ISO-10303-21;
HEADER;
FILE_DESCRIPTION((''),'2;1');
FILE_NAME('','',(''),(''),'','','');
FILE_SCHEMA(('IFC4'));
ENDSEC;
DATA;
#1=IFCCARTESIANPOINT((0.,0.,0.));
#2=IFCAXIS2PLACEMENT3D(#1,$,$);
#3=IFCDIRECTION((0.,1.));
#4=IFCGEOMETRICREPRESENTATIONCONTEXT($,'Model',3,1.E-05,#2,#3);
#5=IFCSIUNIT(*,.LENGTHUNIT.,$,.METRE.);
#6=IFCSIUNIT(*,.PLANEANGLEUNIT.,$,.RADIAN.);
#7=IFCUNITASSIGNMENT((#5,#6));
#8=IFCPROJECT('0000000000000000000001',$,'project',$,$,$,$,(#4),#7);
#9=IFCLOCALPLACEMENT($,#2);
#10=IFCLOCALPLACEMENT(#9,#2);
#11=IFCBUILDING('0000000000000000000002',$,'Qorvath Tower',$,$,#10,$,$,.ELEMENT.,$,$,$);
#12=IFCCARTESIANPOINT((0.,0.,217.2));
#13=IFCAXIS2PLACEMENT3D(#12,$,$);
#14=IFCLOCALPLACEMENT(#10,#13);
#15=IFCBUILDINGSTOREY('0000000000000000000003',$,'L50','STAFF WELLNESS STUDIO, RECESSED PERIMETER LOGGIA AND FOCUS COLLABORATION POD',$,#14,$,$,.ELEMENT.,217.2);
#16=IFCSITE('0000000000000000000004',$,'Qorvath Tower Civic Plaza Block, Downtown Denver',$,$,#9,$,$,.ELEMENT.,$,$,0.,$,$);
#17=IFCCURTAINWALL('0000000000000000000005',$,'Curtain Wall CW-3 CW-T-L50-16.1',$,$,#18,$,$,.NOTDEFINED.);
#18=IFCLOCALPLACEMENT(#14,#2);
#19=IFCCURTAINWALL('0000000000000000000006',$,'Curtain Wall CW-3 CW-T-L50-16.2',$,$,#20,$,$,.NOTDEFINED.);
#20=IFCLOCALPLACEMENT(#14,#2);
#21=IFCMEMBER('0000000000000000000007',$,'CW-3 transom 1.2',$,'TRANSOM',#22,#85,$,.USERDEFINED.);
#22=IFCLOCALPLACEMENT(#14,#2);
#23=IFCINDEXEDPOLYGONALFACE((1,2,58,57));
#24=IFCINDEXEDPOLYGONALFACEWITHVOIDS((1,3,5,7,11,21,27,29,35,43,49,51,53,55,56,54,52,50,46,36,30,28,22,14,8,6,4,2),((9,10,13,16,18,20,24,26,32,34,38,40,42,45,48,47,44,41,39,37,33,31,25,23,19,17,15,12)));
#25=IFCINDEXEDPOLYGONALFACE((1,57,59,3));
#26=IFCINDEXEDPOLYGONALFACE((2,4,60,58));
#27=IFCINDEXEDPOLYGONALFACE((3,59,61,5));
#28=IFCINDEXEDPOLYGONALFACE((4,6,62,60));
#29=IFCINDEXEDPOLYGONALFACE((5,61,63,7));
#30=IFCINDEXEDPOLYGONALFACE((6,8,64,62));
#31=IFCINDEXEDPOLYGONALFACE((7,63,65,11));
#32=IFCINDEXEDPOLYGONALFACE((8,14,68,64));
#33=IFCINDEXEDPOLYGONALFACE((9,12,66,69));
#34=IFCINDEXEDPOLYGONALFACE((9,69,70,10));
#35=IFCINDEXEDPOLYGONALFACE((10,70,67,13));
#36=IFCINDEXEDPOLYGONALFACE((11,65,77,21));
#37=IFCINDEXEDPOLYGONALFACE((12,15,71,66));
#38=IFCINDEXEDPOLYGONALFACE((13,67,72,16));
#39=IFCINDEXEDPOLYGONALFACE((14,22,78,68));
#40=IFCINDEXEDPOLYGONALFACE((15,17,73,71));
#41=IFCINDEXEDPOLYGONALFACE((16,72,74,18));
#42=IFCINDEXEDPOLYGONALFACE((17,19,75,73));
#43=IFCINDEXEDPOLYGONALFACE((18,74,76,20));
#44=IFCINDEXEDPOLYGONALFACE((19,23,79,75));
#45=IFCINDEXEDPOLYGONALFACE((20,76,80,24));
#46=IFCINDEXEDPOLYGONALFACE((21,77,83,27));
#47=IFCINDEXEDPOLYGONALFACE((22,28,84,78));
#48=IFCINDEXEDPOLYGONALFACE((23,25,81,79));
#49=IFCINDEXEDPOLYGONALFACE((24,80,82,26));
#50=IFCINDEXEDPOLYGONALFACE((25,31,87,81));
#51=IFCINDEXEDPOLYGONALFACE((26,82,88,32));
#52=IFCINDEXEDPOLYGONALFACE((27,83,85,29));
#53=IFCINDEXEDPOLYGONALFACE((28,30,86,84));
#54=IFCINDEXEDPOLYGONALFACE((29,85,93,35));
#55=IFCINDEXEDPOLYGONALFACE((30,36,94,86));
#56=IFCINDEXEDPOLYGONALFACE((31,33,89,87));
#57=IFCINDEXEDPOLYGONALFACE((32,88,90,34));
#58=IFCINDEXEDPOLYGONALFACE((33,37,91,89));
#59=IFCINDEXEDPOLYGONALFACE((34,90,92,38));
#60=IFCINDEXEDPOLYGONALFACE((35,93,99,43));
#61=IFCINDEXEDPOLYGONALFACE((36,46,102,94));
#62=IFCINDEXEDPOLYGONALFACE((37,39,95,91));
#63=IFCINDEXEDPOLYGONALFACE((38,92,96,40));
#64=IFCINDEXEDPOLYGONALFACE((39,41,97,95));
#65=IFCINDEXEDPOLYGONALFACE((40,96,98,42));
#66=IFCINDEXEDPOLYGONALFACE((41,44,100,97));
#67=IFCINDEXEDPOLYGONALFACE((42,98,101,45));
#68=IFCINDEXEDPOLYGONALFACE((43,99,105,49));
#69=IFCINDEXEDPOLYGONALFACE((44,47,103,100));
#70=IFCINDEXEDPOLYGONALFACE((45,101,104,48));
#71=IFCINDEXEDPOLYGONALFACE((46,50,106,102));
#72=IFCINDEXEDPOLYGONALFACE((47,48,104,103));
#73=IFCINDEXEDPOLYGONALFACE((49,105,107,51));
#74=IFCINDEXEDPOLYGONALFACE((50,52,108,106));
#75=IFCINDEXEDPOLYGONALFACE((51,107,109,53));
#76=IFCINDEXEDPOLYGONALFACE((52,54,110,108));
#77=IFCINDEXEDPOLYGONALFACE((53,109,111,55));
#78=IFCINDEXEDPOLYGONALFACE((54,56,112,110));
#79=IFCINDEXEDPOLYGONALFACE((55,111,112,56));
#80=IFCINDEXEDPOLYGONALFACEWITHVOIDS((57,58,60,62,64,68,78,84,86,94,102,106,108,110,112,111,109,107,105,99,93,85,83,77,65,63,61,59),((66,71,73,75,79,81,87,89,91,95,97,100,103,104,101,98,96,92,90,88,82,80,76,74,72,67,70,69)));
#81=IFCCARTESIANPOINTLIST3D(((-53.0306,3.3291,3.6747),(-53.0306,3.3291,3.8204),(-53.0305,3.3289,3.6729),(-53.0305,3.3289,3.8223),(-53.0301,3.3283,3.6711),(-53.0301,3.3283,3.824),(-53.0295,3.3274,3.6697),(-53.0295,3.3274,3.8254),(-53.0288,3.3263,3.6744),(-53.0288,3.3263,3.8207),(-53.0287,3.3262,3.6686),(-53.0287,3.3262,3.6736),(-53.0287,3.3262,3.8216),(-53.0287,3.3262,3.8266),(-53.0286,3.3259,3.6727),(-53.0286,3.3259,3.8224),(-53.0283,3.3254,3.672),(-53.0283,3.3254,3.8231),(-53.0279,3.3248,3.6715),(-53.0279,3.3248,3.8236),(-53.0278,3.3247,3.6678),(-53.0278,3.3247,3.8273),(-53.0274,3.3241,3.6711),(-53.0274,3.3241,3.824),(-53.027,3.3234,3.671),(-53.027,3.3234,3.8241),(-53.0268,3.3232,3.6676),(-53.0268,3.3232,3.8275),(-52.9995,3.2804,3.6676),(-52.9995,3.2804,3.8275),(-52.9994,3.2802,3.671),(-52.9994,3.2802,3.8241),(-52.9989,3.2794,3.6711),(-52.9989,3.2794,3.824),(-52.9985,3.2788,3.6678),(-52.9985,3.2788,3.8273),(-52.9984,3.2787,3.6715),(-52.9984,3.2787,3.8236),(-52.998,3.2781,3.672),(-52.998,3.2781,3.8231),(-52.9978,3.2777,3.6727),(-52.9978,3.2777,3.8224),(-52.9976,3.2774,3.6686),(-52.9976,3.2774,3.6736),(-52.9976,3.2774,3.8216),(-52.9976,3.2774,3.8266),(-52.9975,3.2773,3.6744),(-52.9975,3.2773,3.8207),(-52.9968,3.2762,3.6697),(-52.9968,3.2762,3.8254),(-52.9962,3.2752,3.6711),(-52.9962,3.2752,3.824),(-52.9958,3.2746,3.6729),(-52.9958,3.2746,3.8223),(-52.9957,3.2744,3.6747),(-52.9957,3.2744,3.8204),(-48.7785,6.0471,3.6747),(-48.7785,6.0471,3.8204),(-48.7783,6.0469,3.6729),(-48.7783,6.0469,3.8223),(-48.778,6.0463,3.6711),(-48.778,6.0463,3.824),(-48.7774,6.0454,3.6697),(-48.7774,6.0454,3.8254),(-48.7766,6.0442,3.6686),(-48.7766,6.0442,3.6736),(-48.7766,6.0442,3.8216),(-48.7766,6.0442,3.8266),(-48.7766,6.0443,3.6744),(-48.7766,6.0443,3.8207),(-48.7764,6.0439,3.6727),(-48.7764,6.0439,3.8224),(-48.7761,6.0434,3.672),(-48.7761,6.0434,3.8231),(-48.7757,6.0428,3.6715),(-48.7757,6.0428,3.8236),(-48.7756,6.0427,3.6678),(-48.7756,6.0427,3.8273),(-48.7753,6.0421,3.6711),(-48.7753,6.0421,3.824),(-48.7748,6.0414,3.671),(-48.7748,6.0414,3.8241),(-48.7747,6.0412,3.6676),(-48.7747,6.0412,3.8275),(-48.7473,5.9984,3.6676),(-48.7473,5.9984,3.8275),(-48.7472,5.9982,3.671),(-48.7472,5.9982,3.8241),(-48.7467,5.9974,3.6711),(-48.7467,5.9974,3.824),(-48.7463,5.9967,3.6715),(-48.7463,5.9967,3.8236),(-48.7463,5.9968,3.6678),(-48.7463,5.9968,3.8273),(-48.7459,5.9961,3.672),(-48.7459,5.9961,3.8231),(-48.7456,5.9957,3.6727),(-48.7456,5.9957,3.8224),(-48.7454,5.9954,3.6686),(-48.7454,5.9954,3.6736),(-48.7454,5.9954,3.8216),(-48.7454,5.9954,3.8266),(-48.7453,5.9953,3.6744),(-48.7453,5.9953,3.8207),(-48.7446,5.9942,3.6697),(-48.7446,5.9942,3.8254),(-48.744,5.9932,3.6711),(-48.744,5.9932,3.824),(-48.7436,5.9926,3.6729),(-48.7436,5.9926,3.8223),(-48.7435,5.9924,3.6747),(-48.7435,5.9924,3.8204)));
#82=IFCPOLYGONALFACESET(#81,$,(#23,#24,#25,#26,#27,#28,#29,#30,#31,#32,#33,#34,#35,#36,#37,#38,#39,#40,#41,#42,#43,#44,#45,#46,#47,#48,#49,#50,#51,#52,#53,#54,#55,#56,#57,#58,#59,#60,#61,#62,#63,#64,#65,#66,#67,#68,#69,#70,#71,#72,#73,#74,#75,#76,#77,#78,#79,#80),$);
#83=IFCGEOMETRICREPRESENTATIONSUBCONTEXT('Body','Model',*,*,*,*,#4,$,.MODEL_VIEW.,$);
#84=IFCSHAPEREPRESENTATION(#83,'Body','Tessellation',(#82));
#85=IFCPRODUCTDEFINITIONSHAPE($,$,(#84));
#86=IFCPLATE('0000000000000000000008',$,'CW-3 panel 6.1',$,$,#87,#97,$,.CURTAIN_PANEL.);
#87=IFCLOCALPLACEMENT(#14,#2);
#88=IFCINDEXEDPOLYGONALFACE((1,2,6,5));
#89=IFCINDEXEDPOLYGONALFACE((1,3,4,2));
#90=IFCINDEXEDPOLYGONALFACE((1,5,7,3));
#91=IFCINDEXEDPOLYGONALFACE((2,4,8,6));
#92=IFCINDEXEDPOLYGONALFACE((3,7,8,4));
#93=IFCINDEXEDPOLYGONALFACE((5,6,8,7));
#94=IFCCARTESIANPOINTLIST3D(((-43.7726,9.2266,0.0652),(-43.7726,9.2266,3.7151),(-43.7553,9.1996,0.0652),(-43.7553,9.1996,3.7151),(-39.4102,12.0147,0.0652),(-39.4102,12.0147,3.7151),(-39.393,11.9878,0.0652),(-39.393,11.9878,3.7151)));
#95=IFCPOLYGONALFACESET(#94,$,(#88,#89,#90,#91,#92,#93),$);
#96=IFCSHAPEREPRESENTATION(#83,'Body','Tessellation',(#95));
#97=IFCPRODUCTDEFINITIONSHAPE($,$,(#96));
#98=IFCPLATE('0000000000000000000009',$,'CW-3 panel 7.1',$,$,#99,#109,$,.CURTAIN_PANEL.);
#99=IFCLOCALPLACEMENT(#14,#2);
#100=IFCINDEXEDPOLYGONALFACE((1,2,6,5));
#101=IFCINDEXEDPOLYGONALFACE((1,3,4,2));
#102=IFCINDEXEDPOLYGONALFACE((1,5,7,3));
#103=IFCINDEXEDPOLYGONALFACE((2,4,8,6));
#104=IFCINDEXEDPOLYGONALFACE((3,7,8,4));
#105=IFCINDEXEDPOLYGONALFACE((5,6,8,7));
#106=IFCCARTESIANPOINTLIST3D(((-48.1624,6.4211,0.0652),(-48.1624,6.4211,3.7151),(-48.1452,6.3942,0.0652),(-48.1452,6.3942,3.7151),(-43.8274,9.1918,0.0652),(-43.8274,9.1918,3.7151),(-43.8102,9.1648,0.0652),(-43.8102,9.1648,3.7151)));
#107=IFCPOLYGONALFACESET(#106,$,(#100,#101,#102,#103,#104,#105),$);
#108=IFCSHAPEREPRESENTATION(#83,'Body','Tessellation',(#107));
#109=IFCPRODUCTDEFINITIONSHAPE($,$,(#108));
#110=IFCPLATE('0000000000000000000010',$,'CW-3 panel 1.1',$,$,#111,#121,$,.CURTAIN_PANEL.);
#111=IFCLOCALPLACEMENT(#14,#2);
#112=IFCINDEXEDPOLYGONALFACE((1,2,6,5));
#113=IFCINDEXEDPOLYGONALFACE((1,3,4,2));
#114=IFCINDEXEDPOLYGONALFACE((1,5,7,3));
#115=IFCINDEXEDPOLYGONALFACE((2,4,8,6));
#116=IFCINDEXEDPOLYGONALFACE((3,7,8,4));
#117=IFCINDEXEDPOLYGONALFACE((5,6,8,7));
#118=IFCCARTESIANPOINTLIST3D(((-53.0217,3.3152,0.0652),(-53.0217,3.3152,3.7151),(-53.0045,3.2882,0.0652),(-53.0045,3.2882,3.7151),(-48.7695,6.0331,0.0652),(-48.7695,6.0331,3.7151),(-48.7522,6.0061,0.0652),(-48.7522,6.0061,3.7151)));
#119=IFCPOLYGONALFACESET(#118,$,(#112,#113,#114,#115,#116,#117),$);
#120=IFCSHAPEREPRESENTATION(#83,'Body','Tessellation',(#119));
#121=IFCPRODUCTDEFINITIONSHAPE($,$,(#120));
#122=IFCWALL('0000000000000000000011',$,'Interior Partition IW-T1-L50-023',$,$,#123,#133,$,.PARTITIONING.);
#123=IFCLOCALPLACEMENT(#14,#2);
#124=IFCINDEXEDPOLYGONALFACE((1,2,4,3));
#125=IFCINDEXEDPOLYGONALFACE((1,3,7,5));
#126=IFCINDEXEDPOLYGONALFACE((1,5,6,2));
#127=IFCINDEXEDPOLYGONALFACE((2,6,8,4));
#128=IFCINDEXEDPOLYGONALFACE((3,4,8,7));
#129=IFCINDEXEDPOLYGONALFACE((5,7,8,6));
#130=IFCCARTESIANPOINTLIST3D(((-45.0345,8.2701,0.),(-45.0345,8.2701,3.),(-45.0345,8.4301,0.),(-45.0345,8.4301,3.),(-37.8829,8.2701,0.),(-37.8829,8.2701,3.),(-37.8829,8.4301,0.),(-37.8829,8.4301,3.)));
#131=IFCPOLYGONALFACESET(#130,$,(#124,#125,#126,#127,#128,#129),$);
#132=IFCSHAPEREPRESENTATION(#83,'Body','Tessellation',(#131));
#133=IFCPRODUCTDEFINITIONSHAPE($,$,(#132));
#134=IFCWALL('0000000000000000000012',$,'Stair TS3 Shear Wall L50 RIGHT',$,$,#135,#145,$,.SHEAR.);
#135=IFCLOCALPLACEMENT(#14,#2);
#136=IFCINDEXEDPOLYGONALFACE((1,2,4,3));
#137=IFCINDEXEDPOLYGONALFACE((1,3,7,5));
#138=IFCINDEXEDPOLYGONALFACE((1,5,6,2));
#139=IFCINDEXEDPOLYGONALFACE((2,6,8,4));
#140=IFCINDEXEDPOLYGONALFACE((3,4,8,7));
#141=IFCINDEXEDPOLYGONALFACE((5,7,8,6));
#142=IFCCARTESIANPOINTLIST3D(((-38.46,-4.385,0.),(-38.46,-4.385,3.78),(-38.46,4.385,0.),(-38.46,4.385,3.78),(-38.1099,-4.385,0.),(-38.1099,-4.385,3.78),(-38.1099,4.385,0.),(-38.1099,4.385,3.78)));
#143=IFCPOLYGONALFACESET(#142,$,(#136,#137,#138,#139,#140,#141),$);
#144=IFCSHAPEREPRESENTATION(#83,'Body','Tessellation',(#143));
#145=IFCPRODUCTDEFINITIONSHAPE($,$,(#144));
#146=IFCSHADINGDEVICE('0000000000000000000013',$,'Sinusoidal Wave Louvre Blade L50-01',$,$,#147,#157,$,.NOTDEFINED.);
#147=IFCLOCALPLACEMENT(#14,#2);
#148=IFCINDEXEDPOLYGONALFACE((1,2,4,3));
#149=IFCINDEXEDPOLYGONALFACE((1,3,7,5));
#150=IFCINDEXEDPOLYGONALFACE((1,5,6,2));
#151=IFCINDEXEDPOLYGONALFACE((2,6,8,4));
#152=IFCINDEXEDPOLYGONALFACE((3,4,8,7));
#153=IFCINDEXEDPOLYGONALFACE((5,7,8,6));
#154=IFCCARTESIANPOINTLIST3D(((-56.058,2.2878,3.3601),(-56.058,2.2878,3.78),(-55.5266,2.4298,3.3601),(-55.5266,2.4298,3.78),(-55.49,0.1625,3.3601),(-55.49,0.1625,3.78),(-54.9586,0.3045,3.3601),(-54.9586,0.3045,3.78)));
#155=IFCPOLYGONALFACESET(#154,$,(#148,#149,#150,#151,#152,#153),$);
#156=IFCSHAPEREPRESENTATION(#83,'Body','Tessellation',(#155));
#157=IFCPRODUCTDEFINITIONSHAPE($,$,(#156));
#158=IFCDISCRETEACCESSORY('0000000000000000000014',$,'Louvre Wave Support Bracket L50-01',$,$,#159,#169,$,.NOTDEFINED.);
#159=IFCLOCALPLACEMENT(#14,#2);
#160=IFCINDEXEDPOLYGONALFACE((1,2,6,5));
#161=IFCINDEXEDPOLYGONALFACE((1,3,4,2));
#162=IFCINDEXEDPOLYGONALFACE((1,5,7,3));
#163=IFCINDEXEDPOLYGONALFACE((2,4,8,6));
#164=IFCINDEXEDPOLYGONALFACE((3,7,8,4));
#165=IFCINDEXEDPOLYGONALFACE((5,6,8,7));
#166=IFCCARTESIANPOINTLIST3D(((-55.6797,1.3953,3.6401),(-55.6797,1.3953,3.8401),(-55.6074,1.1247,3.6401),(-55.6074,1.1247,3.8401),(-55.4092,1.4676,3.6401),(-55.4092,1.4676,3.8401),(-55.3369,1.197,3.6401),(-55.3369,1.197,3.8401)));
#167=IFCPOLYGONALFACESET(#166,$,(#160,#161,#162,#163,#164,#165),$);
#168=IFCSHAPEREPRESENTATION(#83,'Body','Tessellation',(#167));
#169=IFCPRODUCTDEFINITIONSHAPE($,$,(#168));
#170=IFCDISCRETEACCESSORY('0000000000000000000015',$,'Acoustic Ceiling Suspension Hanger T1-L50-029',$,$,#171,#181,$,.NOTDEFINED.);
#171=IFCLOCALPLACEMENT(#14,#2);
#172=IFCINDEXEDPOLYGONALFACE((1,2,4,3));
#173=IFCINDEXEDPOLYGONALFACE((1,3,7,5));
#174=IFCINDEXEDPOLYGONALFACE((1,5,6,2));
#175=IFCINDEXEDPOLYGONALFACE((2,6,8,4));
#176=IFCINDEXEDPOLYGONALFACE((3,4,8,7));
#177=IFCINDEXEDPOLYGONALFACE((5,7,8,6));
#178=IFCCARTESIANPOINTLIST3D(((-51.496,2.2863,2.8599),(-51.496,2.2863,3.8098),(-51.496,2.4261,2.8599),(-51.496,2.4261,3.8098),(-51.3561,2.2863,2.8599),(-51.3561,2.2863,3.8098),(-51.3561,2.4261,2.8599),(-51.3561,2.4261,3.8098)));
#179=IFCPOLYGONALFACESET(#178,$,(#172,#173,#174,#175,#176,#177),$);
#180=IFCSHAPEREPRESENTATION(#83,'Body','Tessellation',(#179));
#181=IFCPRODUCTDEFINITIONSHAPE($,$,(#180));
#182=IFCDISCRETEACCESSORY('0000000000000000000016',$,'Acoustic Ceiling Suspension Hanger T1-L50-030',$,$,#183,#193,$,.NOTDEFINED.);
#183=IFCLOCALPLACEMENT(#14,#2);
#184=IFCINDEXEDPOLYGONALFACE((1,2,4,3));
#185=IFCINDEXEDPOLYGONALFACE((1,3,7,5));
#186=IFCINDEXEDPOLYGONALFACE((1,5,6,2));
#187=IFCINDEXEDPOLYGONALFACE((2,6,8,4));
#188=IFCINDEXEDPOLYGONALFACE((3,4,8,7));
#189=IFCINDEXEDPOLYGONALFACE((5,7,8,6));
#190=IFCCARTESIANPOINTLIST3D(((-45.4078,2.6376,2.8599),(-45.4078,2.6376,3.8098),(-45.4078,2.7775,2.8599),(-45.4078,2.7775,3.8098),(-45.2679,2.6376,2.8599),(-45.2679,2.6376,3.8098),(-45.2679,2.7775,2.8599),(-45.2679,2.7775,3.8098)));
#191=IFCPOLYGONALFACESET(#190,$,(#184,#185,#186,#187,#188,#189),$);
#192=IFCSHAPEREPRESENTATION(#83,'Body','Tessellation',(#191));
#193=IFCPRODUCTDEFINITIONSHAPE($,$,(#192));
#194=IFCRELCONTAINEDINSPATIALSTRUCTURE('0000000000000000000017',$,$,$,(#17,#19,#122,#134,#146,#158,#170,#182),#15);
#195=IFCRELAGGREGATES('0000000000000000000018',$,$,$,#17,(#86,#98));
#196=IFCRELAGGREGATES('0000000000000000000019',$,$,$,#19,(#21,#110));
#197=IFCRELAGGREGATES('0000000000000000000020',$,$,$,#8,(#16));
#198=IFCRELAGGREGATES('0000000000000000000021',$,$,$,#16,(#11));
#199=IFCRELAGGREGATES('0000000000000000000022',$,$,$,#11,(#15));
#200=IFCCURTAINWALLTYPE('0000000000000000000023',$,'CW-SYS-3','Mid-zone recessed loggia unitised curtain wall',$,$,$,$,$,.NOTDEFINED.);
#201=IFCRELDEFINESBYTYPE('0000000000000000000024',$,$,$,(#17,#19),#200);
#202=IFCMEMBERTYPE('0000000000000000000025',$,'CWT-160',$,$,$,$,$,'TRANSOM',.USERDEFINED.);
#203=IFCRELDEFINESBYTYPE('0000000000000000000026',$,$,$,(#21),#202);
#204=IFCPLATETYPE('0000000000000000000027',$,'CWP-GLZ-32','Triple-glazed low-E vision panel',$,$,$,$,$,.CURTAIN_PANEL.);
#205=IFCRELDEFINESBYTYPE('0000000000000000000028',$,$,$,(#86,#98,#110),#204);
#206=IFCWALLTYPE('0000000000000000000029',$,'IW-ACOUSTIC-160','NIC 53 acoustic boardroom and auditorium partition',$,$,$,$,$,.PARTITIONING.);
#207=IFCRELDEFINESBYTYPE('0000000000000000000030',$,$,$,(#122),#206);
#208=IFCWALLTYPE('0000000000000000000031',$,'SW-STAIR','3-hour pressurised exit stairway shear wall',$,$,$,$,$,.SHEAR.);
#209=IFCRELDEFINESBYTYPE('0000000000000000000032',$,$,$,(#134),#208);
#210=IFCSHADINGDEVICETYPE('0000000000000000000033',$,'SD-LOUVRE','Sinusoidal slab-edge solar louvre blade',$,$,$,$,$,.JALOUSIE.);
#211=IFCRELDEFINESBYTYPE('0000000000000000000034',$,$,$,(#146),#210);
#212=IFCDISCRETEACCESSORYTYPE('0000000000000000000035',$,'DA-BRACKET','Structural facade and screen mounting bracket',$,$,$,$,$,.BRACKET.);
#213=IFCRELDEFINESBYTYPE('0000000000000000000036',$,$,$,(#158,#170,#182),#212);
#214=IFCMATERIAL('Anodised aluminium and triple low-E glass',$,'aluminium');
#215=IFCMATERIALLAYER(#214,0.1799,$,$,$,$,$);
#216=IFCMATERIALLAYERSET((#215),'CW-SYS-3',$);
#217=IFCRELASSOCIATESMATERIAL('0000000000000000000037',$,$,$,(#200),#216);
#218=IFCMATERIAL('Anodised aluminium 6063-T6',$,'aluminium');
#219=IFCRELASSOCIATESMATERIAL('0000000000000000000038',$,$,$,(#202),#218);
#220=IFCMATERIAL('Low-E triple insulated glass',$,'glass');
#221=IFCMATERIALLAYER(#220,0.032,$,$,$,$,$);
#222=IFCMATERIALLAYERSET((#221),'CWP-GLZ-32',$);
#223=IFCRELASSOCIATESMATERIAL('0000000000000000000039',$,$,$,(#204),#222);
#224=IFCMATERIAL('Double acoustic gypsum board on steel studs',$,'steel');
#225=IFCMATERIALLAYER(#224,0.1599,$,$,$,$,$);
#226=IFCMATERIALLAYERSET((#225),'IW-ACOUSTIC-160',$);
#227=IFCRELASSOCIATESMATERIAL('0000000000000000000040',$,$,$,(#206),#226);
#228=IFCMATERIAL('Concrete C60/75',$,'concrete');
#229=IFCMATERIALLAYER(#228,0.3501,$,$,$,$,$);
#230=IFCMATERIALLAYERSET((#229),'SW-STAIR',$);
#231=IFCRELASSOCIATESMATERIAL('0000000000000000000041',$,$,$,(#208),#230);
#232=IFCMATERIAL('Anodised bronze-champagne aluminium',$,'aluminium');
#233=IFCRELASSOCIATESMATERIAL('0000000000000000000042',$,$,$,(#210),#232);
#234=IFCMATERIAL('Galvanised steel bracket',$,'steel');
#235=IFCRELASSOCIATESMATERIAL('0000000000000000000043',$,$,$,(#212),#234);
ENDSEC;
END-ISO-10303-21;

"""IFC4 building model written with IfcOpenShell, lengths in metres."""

from ifc_helpers import new_model, si_unit, direction, frame, frame_2d, origin, origin_2d, place, context, subcontext, project, spatial, rectangle, hollow_rectangle, extrude, material, layer, layer_set, material_profile, profile_set, type_object, element, aggregate, save


model = new_model("IFC4")

# Units and contexts
model_context = context("Model", 3, precision=1e-05, world=origin(), true_north=direction((0.0, 1.0)))
body_context = subcontext(model_context, "Body", "Model", "MODEL_VIEW")
ifc_project = project(units=[si_unit("LENGTHUNIT", "METRE"), si_unit("PLANEANGLEUNIT", "RADIAN")], contexts=[model_context])

# Site, building, storey
site_placement = place(None, origin())
site = spatial("IfcSite", under=ifc_project, at=site_placement, Name="Qorvath Tower Civic Plaza Block, Downtown Denver", CompositionType="ELEMENT", RefElevation=0.0)
building_placement = place(site_placement, origin())
building = spatial("IfcBuilding", under=site, at=building_placement, Name="Qorvath Tower", CompositionType="ELEMENT")
storey_placement = place(building_placement, frame((0.0, 0.0, 217.2)))
storey = spatial("IfcBuildingStorey", under=building, at=storey_placement, Name="L50", Description="STAFF WELLNESS STUDIO, RECESSED PERIMETER LOGGIA AND FOCUS COLLABORATION POD", CompositionType="ELEMENT", Elevation=217.2)

# Curtain walls
ifc_material_1 = material(Name="Anodised aluminium and triple low-E glass", Category="aluminium")
ifc_layer_1 = layer(ifc_material_1, 0.1799)
ifc_layer_set_1 = layer_set([ifc_layer_1], Name="CW-SYS-3")
curtain_wall_type = type_object("IfcCurtainWallType", Name="CW-SYS-3", Description="Mid-zone recessed loggia unitised curtain wall", PredefinedType="NOTDEFINED", material=ifc_layer_set_1)
curtain_wall_1_placement = place(storey_placement, origin())
curtain_wall_1 = element("IfcCurtainWall", 1, at=curtain_wall_1_placement, inside=storey, type_object=curtain_wall_type, Name="Curtain Wall CW-3 CW-T-L50-16.1", PredefinedType="NOTDEFINED")
curtain_wall_2_placement = place(storey_placement, origin())
curtain_wall_2 = element("IfcCurtainWall", 2, at=curtain_wall_2_placement, inside=storey, type_object=curtain_wall_type, Name="Curtain Wall CW-3 CW-T-L50-16.2", PredefinedType="NOTDEFINED")

# Member
ifc_material_2 = material(Name="Anodised aluminium 6063-T6", Category="aluminium")
ifc_material_profile_1 = material_profile(ifc_material_2, hollow_rectangle(XDim=0.0649, YDim=0.1599, WallThickness=0.0034, InnerFilletRadius=0.0034, OuterFilletRadius=0.0071, at=origin_2d()), Name="CWT 160x65")
ifc_profile_set_1 = profile_set([ifc_material_profile_1], Name="Anodised aluminium 6063-T6")
member_type_1 = type_object("IfcMemberType", Name="CWT-160", ElementType="TRANSOM", PredefinedType="USERDEFINED", material=ifc_profile_set_1)
member_1_placement = place(storey_placement, frame((-48.761, 6.0198, 3.7476), z_axis=(-0.842576, -0.538577, 0.0), x_axis=(0.538577, -0.842576, 0.0)))
member_1 = element("IfcMember", 3, at=member_1_placement, type_object=member_type_1, Name="CW-3 transom 1.2", ObjectType="TRANSOM", PredefinedType="USERDEFINED", context=body_context, shape_type="SweptSolid", body=[
    extrude(hollow_rectangle(XDim=0.0649, YDim=0.1599, WallThickness=0.0034, InnerFilletRadius=0.0034, OuterFilletRadius=0.0071, at=origin_2d()), origin(), (0.0, 0.0, 1.0), 5.0466),
])

# Plates
ifc_material_3 = material(Name="Low-E triple insulated glass", Category="glass")
ifc_layer_2 = layer(ifc_material_3, 0.032)
ifc_layer_set_2 = layer_set([ifc_layer_2], Name="CWP-GLZ-32")
plate_type = type_object("IfcPlateType", Name="CWP-GLZ-32", Description="Triple-glazed low-E vision panel", PredefinedType="CURTAIN_PANEL", material=ifc_layer_set_2)
plate_1_placement = place(storey_placement, frame((-41.5828, 10.6072, 0.0652), z_axis=(0.0, 0.0, 1.0), x_axis=(-0.842603, -0.538535, 0.0)))
plate_1 = element("IfcPlate", 4, at=plate_1_placement, type_object=plate_type, Name="CW-3 panel 6.1", PredefinedType="CURTAIN_PANEL", context=body_context, shape_type="SweptSolid", body=[
    extrude(rectangle(XDim=5.1772, YDim=0.032, at=origin_2d()), origin(), (0.0, 0.0, 1.0), 3.6499),
])
plate_2_placement = place(storey_placement, frame((-45.9863, 7.793, 0.0652), z_axis=(0.0, 0.0, 1.0), x_axis=(-0.842603, -0.538535, 0.0)))
plate_2 = element("IfcPlate", 5, at=plate_2_placement, type_object=plate_type, Name="CW-3 panel 7.1", PredefinedType="CURTAIN_PANEL", context=body_context, shape_type="SweptSolid", body=[
    extrude(rectangle(XDim=5.1448, YDim=0.032, at=origin_2d()), origin(), (0.0, 0.0, 1.0), 3.6499),
])
aggregate(curtain_wall_1, [plate_1, plate_2])
plate_3_placement = place(storey_placement, frame((-50.887, 4.6606, 0.0652), z_axis=(0.0, 0.0, 1.0), x_axis=(-0.842592, -0.538553, 0.0)))
plate_3 = element("IfcPlate", 6, at=plate_3_placement, type_object=plate_type, Name="CW-3 panel 1.1", PredefinedType="CURTAIN_PANEL", context=body_context, shape_type="SweptSolid", body=[
    extrude(rectangle(XDim=5.0466, YDim=0.032, at=origin_2d()), origin(), (0.0, 0.0, 1.0), 3.6499),
])
aggregate(curtain_wall_2, [member_1, plate_3])

# Walls
ifc_material_4 = material(Name="Double acoustic gypsum board on steel studs", Category="steel")
ifc_layer_3 = layer(ifc_material_4, 0.1599)
ifc_layer_set_3 = layer_set([ifc_layer_3], Name="IW-ACOUSTIC-160")
wall_type_1 = type_object("IfcWallType", Name="IW-ACOUSTIC-160", Description="NIC 53 acoustic boardroom and auditorium partition", PredefinedType="PARTITIONING", material=ifc_layer_set_3)
wall_1_placement = place(storey_placement, frame((-45.0344, 8.3501, 0.0), z_axis=(0.0, 0.0, 1.0), x_axis=(1.0, 0.0, 0.0)))
element("IfcWall", 7, at=wall_1_placement, inside=storey, type_object=wall_type_1, Name="Interior Partition IW-T1-L50-023", PredefinedType="PARTITIONING", context=body_context, shape_type="SweptSolid", body=[
    extrude(rectangle(XDim=7.1516, YDim=0.1599, at=frame_2d((3.5757, 0.0))), origin(), (0.0, 0.0, 1.0), 3.0),
])
ifc_material_5 = material(Name="Concrete C60/75", Category="concrete")
ifc_layer_4 = layer(ifc_material_5, 0.3501)
ifc_layer_set_4 = layer_set([ifc_layer_4], Name="SW-STAIR")
wall_type_2 = type_object("IfcWallType", Name="SW-STAIR", Description="3-hour pressurised exit stairway shear wall", PredefinedType="SHEAR", material=ifc_layer_set_4)
wall_2_placement = place(storey_placement, frame((-38.2849, 4.385, 0.0), z_axis=(0.0, 0.0, 1.0), x_axis=(0.0, -1.0, 0.0)))
element("IfcWall", 8, at=wall_2_placement, inside=storey, type_object=wall_type_2, Name="Stair TS3 Shear Wall L50 RIGHT", PredefinedType="SHEAR", context=body_context, shape_type="SweptSolid", body=[
    extrude(rectangle(XDim=8.77, YDim=0.3501, at=frame_2d((4.385, 0.0))), origin(), (0.0, 0.0, 1.0), 3.78),
])

# Shading device
ifc_material_6 = material(Name="Anodised bronze-champagne aluminium", Category="aluminium")
shading_device_type = type_object("IfcShadingDeviceType", Name="SD-LOUVRE", Description="Sinusoidal slab-edge solar louvre blade", PredefinedType="JALOUSIE", material=ifc_material_6)
shading_device_placement = place(storey_placement, frame((-55.5083, 1.2961, 3.3601), z_axis=(0.0, 0.0, 1.0), x_axis=(0.258185, -0.966095, 0.0)))
element("IfcShadingDevice", 9, at=shading_device_placement, inside=storey, type_object=shading_device_type, Name="Sinusoidal Wave Louvre Blade L50-01", PredefinedType="NOTDEFINED", context=body_context, shape_type="SweptSolid", body=[
    extrude(rectangle(XDim=2.2, YDim=0.55, at=origin_2d()), origin(), (0.0, 0.0, 1.0), 0.4199),
])

# Discrete accessories
ifc_material_7 = material(Name="Galvanised steel bracket", Category="steel")
discrete_accessory_type = type_object("IfcDiscreteAccessoryType", Name="DA-BRACKET", Description="Structural facade and screen mounting bracket", PredefinedType="BRACKET", material=ifc_material_7)
discrete_accessory_placement = place(storey_placement, frame((-55.5083, 1.2961, 3.6401), z_axis=(0.0, 0.0, 1.0), x_axis=(0.258185, -0.966095, 0.0)))
element("IfcDiscreteAccessory", 10, at=discrete_accessory_placement, inside=storey, type_object=discrete_accessory_type, Name="Louvre Wave Support Bracket L50-01", PredefinedType="NOTDEFINED", context=body_context, shape_type="SweptSolid", body=[
    extrude(rectangle(XDim=0.28, YDim=0.28, at=origin_2d()), origin(), (0.0, 0.0, 1.0), 0.2),
])
for number, where, z_axis, x_axis, name in (
    (11, (-51.426, 2.3562, 2.8599), (0.0, 0.0, 1.0), (1.0, 0.0, 0.0), "Acoustic Ceiling Suspension Hanger T1-L50-029"),
    (12, (-45.3379, 2.7075, 2.8599), (0.0, 0.0, 1.0), (1.0, 0.0, 0.0), "Acoustic Ceiling Suspension Hanger T1-L50-030"),
):
    element("IfcDiscreteAccessory", number, at=place(storey_placement, frame(where, z_axis=z_axis, x_axis=x_axis)), inside=storey, type_object=discrete_accessory_type, Name=name, PredefinedType="NOTDEFINED", context=body_context, shape_type="SweptSolid", body=[
        extrude(rectangle(XDim=0.1399, YDim=0.1399, at=origin_2d()), origin(), (0.0, 0.0, 1.0), 0.95),
    ])

save(model, "model.ifc")
